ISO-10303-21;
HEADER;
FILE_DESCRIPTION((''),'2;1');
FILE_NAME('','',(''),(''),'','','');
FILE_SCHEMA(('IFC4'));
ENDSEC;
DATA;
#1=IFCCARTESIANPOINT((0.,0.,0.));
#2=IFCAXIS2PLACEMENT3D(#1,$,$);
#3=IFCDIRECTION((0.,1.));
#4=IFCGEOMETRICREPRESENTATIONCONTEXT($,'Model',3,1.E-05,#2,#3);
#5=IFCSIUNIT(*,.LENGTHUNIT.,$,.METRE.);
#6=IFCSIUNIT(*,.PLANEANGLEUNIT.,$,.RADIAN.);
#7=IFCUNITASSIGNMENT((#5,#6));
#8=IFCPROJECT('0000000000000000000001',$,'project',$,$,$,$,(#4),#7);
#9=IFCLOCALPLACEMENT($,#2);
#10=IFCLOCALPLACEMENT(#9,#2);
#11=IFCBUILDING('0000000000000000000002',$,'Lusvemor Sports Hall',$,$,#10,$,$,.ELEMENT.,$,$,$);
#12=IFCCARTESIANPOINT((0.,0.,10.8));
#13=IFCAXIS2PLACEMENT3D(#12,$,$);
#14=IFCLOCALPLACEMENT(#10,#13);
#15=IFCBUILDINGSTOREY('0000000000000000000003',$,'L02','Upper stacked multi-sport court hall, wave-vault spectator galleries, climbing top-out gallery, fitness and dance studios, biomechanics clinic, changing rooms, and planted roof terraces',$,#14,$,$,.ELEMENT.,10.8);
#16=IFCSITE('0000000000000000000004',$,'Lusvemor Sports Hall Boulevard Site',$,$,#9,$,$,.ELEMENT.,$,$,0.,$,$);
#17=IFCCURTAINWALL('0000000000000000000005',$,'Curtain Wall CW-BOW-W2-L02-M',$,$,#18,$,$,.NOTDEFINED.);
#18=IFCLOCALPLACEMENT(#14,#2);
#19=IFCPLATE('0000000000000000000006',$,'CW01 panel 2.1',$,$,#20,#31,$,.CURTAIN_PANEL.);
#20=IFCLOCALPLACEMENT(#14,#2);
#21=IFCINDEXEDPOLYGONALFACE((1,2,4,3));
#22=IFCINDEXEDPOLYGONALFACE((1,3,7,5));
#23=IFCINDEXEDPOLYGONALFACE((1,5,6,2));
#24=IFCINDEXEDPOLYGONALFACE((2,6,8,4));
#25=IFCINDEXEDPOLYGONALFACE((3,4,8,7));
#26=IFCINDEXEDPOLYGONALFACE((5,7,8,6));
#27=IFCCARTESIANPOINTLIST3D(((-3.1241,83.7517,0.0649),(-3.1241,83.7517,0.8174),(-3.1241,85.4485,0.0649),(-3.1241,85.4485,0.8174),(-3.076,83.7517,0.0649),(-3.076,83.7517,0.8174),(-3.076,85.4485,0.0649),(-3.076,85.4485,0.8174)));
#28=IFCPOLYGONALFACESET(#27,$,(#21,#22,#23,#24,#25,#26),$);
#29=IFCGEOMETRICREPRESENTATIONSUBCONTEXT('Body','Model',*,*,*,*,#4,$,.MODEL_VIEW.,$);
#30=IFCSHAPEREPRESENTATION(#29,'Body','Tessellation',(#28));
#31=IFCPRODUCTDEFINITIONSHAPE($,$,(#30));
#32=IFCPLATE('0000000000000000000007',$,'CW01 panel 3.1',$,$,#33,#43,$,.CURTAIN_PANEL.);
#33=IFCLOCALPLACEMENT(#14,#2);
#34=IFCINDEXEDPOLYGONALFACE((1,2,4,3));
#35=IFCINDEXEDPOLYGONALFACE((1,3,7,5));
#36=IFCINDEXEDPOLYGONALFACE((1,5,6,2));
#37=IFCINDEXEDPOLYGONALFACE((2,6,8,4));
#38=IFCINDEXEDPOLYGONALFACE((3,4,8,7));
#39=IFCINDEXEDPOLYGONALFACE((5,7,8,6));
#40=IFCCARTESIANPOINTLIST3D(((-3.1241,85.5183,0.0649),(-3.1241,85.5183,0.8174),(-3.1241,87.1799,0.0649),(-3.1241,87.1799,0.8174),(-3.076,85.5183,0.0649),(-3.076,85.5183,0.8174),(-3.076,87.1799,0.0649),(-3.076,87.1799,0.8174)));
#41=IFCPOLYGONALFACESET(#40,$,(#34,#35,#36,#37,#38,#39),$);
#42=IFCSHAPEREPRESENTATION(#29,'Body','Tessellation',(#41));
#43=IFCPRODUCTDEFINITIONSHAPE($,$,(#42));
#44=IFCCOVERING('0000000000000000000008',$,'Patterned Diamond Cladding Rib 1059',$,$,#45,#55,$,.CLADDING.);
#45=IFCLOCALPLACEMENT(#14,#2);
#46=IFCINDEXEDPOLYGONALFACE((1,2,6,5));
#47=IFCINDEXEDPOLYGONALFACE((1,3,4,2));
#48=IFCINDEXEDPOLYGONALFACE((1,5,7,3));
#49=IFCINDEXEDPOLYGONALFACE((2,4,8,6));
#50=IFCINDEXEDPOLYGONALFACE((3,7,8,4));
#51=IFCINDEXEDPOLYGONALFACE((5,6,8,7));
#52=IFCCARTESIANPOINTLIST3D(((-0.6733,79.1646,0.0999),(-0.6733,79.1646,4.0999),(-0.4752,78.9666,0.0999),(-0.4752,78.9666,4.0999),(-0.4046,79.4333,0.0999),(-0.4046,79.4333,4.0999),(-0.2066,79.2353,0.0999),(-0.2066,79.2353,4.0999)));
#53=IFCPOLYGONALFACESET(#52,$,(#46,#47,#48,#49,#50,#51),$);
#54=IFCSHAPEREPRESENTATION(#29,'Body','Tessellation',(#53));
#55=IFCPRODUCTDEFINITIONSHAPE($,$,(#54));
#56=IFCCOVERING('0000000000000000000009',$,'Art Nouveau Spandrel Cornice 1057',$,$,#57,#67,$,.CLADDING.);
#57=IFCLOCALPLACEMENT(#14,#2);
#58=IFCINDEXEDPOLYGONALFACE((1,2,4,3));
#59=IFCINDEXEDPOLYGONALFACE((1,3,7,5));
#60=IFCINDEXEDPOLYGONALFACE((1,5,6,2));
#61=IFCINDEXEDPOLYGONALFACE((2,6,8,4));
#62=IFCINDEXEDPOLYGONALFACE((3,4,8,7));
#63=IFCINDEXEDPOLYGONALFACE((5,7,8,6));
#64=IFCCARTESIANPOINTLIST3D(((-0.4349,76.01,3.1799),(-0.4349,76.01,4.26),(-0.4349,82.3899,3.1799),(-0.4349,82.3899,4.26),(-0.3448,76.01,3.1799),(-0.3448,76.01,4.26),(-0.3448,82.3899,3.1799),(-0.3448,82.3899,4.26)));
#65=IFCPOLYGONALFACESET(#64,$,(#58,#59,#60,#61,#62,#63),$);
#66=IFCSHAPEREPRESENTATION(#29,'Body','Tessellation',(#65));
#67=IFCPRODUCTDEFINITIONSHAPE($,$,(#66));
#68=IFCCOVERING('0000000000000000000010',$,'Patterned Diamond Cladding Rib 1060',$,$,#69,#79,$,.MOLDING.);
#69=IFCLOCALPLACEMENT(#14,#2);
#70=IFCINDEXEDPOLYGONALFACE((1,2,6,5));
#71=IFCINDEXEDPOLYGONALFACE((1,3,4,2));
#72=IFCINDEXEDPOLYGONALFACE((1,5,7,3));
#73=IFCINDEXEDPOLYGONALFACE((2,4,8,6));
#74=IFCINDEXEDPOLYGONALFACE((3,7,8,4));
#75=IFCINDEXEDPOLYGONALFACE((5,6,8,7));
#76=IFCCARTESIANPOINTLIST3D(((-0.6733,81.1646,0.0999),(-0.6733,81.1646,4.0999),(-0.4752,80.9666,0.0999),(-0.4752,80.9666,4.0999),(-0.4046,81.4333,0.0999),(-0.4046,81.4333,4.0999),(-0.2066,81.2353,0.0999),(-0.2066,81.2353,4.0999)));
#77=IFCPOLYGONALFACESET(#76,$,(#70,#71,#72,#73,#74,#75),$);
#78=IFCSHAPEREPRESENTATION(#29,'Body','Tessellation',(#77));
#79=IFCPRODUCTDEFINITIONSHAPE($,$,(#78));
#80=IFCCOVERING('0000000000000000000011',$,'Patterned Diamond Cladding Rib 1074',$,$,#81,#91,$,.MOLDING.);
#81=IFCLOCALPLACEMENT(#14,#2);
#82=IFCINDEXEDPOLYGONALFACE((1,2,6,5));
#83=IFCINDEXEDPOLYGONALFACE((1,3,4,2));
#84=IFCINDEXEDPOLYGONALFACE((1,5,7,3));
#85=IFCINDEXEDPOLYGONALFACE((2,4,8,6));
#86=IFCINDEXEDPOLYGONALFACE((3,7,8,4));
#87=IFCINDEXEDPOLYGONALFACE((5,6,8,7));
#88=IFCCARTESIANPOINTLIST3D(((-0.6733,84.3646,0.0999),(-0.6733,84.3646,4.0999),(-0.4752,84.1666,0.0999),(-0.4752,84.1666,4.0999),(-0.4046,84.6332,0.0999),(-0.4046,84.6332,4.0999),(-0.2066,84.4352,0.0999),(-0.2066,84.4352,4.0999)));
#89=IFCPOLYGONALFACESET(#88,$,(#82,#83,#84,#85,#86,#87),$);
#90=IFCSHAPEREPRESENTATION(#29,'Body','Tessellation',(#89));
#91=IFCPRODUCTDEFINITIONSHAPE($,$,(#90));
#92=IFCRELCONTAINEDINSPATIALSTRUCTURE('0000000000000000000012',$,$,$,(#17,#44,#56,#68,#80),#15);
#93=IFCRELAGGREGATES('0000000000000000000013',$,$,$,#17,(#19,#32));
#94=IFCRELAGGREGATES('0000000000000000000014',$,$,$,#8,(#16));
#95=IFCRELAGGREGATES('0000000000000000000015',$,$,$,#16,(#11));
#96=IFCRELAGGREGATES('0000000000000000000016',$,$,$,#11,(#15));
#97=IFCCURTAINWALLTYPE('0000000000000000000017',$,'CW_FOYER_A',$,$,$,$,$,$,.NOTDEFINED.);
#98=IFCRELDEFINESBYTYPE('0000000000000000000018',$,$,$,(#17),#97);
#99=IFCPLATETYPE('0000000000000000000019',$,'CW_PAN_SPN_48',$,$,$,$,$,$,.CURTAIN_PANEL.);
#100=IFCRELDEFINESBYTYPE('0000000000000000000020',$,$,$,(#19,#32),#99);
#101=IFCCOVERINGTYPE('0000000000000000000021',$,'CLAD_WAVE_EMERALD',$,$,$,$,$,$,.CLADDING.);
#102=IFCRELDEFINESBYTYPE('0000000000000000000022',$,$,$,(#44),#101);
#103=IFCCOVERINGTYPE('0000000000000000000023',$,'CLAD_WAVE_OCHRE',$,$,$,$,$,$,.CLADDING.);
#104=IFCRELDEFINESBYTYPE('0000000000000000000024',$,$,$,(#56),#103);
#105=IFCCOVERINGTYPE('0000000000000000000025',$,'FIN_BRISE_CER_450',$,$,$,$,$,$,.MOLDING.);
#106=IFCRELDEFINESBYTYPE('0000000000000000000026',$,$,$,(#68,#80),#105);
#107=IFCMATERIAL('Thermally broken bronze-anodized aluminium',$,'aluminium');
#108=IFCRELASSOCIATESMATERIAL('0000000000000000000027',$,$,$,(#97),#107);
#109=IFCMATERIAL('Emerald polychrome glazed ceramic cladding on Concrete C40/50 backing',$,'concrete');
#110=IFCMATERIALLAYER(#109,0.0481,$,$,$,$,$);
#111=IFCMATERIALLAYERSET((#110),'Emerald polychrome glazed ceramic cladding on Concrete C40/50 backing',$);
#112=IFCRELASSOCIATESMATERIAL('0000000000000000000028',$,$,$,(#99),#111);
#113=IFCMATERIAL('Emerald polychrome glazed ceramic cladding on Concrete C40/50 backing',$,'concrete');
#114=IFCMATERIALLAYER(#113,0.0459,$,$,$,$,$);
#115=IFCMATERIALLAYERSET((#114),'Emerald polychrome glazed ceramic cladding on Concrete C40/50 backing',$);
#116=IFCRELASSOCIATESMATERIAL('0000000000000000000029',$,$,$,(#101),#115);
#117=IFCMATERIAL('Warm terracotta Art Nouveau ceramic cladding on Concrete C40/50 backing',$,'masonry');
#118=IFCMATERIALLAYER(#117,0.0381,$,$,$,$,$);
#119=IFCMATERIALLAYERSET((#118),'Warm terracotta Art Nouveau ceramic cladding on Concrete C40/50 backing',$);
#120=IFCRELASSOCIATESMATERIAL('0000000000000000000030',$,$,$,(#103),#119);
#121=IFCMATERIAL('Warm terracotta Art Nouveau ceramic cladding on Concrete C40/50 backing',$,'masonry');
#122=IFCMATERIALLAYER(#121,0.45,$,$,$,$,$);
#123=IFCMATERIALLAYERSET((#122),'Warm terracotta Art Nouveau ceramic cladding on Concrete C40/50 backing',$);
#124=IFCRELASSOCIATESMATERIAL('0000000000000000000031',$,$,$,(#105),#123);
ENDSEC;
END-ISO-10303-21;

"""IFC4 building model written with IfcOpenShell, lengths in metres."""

from ifc_helpers import new_model, si_unit, direction, frame, origin, origin_2d, place, context, subcontext, project, spatial, rectangle, extrude, material, layer, layer_set, type_object, element, aggregate, save


model = new_model("IFC4")

# Units and contexts
model_context = context("Model", 3, precision=1e-05, world=origin(), true_north=direction((0.0, 1.0)))
body_context = subcontext(model_context, "Body", "Model", "MODEL_VIEW")
ifc_project = project(units=[si_unit("LENGTHUNIT", "METRE"), si_unit("PLANEANGLEUNIT", "RADIAN")], contexts=[model_context])

# Site, building, storey
site_placement = place(None, origin())
site = spatial("IfcSite", under=ifc_project, at=site_placement, Name="Lusvemor Sports Hall Boulevard Site", CompositionType="ELEMENT", RefElevation=0.0)
building_placement = place(site_placement, origin())
building = spatial("IfcBuilding", under=site, at=building_placement, Name="Lusvemor Sports Hall", CompositionType="ELEMENT")
storey_placement = place(building_placement, frame((0.0, 0.0, 10.8)))
storey = spatial("IfcBuildingStorey", under=building, at=storey_placement, Name="L02", Description="Upper stacked multi-sport court hall, wave-vault spectator galleries, climbing top-out gallery, fitness and dance studios, biomechanics clinic, changing rooms, and planted roof terraces", CompositionType="ELEMENT", Elevation=10.8)

# Curtain wall
ifc_material_1 = material(Name="Thermally broken bronze-anodized aluminium", Category="aluminium")
curtain_wall_type = type_object("IfcCurtainWallType", Name="CW_FOYER_A", PredefinedType="NOTDEFINED", material=ifc_material_1)
curtain_wall_placement = place(storey_placement, origin())
curtain_wall = element("IfcCurtainWall", 1, at=curtain_wall_placement, inside=storey, type_object=curtain_wall_type, Name="Curtain Wall CW-BOW-W2-L02-M", PredefinedType="NOTDEFINED")

# Plates
ifc_material_2 = material(Name="Emerald polychrome glazed ceramic cladding on Concrete C40/50 backing", Category="concrete")
ifc_layer_1 = layer(ifc_material_2, 0.0481)
ifc_layer_set_1 = layer_set([ifc_layer_1], Name="Emerald polychrome glazed ceramic cladding on Concrete C40/50 backing")
plate_type_1 = type_object("IfcPlateType", Name="CW_PAN_SPN_48", PredefinedType="CURTAIN_PANEL", material=ifc_layer_set_1)
plate_1_placement = place(storey_placement, frame((-3.1001, 84.6001, 0.0649), z_axis=(0.0, 0.0, 1.0), x_axis=(0.0, 1.0, 0.0)))
plate_1 = element("IfcPlate", 2, at=plate_1_placement, type_object=plate_type_1, Name="CW01 panel 2.1", PredefinedType="CURTAIN_PANEL", context=body_context, shape_type="SweptSolid", body=[
    extrude(rectangle(XDim=1.6968, YDim=0.0481, at=origin_2d()), origin(), (0.0, 0.0, 1.0), 0.7524),
])
plate_2_placement = place(storey_placement, frame((-3.1001, 86.3491, 0.0649), z_axis=(0.0, 0.0, 1.0), x_axis=(0.0, 1.0, 0.0)))
plate_2 = element("IfcPlate", 3, at=plate_2_placement, type_object=plate_type_1, Name="CW01 panel 3.1", PredefinedType="CURTAIN_PANEL", context=body_context, shape_type="SweptSolid", body=[
    extrude(rectangle(XDim=1.6616, YDim=0.0481, at=origin_2d()), origin(), (0.0, 0.0, 1.0), 0.7524),
])
aggregate(curtain_wall, [plate_1, plate_2])

# Coverings
ifc_material_3 = material(Name="Emerald polychrome glazed ceramic cladding on Concrete C40/50 backing", Category="concrete")
ifc_layer_2 = layer(ifc_material_3, 0.0459)
ifc_layer_set_2 = layer_set([ifc_layer_2], Name="Emerald polychrome glazed ceramic cladding on Concrete C40/50 backing")
covering_type_1 = type_object("IfcCoveringType", Name="CLAD_WAVE_EMERALD", PredefinedType="CLADDING", material=ifc_layer_set_2)
covering_1_placement = place(storey_placement, frame((-0.4399, 79.2, 0.0999), z_axis=(0.0, 0.0, 1.0), x_axis=(0.707107, 0.707107, 0.0)))
element("IfcCovering", 4, at=covering_1_placement, inside=storey, type_object=covering_type_1, Name="Patterned Diamond Cladding Rib 1059", PredefinedType="CLADDING", context=body_context, shape_type="SweptSolid", body=[
    extrude(rectangle(XDim=0.3799, YDim=0.28, at=origin_2d()), origin(), (0.0, 0.0, 1.0), 4.0),
])
ifc_material_4 = material(Name="Warm terracotta Art Nouveau ceramic cladding on Concrete C40/50 backing", Category="masonry")
ifc_layer_3 = layer(ifc_material_4, 0.0381)
ifc_layer_set_3 = layer_set([ifc_layer_3], Name="Warm terracotta Art Nouveau ceramic cladding on Concrete C40/50 backing")
covering_type_2 = type_object("IfcCoveringType", Name="CLAD_WAVE_OCHRE", PredefinedType="CLADDING", material=ifc_layer_set_3)
covering_2_placement = place(storey_placement, frame((-0.3899, 79.2, 3.1799), z_axis=(0.0, 0.0, 1.0), x_axis=(1.0, 0.0, 0.0)))
element("IfcCovering", 5, at=covering_2_placement, inside=storey, type_object=covering_type_2, Name="Art Nouveau Spandrel Cornice 1057", PredefinedType="CLADDING", context=body_context, shape_type="SweptSolid", body=[
    extrude(rectangle(XDim=0.0901, YDim=6.3799, at=origin_2d()), origin(), (0.0, 0.0, 1.0), 1.0801),
])
ifc_material_5 = material(Name="Warm terracotta Art Nouveau ceramic cladding on Concrete C40/50 backing", Category="masonry")
ifc_layer_4 = layer(ifc_material_5, 0.45)
ifc_layer_set_4 = layer_set([ifc_layer_4], Name="Warm terracotta Art Nouveau ceramic cladding on Concrete C40/50 backing")
covering_type_3 = type_object("IfcCoveringType", Name="FIN_BRISE_CER_450", PredefinedType="MOLDING", material=ifc_layer_set_4)
for number, where, z_axis, x_axis, name in (
    (6, (-0.4399, 81.2, 0.0999), (0.0, 0.0, 1.0), (0.707107, 0.707107, 0.0), "Patterned Diamond Cladding Rib 1060"),
    (7, (-0.4399, 84.3999, 0.0999), (0.0, 0.0, 1.0), (0.707107, 0.707107, 0.0), "Patterned Diamond Cladding Rib 1074"),
):
    element("IfcCovering", number, at=place(storey_placement, frame(where, z_axis=z_axis, x_axis=x_axis)), inside=storey, type_object=covering_type_3, Name=name, PredefinedType="MOLDING", context=body_context, shape_type="SweptSolid", body=[
        extrude(rectangle(XDim=0.3799, YDim=0.28, at=origin_2d()), origin(), (0.0, 0.0, 1.0), 4.0),
    ])

save(model, "model.ifc")
